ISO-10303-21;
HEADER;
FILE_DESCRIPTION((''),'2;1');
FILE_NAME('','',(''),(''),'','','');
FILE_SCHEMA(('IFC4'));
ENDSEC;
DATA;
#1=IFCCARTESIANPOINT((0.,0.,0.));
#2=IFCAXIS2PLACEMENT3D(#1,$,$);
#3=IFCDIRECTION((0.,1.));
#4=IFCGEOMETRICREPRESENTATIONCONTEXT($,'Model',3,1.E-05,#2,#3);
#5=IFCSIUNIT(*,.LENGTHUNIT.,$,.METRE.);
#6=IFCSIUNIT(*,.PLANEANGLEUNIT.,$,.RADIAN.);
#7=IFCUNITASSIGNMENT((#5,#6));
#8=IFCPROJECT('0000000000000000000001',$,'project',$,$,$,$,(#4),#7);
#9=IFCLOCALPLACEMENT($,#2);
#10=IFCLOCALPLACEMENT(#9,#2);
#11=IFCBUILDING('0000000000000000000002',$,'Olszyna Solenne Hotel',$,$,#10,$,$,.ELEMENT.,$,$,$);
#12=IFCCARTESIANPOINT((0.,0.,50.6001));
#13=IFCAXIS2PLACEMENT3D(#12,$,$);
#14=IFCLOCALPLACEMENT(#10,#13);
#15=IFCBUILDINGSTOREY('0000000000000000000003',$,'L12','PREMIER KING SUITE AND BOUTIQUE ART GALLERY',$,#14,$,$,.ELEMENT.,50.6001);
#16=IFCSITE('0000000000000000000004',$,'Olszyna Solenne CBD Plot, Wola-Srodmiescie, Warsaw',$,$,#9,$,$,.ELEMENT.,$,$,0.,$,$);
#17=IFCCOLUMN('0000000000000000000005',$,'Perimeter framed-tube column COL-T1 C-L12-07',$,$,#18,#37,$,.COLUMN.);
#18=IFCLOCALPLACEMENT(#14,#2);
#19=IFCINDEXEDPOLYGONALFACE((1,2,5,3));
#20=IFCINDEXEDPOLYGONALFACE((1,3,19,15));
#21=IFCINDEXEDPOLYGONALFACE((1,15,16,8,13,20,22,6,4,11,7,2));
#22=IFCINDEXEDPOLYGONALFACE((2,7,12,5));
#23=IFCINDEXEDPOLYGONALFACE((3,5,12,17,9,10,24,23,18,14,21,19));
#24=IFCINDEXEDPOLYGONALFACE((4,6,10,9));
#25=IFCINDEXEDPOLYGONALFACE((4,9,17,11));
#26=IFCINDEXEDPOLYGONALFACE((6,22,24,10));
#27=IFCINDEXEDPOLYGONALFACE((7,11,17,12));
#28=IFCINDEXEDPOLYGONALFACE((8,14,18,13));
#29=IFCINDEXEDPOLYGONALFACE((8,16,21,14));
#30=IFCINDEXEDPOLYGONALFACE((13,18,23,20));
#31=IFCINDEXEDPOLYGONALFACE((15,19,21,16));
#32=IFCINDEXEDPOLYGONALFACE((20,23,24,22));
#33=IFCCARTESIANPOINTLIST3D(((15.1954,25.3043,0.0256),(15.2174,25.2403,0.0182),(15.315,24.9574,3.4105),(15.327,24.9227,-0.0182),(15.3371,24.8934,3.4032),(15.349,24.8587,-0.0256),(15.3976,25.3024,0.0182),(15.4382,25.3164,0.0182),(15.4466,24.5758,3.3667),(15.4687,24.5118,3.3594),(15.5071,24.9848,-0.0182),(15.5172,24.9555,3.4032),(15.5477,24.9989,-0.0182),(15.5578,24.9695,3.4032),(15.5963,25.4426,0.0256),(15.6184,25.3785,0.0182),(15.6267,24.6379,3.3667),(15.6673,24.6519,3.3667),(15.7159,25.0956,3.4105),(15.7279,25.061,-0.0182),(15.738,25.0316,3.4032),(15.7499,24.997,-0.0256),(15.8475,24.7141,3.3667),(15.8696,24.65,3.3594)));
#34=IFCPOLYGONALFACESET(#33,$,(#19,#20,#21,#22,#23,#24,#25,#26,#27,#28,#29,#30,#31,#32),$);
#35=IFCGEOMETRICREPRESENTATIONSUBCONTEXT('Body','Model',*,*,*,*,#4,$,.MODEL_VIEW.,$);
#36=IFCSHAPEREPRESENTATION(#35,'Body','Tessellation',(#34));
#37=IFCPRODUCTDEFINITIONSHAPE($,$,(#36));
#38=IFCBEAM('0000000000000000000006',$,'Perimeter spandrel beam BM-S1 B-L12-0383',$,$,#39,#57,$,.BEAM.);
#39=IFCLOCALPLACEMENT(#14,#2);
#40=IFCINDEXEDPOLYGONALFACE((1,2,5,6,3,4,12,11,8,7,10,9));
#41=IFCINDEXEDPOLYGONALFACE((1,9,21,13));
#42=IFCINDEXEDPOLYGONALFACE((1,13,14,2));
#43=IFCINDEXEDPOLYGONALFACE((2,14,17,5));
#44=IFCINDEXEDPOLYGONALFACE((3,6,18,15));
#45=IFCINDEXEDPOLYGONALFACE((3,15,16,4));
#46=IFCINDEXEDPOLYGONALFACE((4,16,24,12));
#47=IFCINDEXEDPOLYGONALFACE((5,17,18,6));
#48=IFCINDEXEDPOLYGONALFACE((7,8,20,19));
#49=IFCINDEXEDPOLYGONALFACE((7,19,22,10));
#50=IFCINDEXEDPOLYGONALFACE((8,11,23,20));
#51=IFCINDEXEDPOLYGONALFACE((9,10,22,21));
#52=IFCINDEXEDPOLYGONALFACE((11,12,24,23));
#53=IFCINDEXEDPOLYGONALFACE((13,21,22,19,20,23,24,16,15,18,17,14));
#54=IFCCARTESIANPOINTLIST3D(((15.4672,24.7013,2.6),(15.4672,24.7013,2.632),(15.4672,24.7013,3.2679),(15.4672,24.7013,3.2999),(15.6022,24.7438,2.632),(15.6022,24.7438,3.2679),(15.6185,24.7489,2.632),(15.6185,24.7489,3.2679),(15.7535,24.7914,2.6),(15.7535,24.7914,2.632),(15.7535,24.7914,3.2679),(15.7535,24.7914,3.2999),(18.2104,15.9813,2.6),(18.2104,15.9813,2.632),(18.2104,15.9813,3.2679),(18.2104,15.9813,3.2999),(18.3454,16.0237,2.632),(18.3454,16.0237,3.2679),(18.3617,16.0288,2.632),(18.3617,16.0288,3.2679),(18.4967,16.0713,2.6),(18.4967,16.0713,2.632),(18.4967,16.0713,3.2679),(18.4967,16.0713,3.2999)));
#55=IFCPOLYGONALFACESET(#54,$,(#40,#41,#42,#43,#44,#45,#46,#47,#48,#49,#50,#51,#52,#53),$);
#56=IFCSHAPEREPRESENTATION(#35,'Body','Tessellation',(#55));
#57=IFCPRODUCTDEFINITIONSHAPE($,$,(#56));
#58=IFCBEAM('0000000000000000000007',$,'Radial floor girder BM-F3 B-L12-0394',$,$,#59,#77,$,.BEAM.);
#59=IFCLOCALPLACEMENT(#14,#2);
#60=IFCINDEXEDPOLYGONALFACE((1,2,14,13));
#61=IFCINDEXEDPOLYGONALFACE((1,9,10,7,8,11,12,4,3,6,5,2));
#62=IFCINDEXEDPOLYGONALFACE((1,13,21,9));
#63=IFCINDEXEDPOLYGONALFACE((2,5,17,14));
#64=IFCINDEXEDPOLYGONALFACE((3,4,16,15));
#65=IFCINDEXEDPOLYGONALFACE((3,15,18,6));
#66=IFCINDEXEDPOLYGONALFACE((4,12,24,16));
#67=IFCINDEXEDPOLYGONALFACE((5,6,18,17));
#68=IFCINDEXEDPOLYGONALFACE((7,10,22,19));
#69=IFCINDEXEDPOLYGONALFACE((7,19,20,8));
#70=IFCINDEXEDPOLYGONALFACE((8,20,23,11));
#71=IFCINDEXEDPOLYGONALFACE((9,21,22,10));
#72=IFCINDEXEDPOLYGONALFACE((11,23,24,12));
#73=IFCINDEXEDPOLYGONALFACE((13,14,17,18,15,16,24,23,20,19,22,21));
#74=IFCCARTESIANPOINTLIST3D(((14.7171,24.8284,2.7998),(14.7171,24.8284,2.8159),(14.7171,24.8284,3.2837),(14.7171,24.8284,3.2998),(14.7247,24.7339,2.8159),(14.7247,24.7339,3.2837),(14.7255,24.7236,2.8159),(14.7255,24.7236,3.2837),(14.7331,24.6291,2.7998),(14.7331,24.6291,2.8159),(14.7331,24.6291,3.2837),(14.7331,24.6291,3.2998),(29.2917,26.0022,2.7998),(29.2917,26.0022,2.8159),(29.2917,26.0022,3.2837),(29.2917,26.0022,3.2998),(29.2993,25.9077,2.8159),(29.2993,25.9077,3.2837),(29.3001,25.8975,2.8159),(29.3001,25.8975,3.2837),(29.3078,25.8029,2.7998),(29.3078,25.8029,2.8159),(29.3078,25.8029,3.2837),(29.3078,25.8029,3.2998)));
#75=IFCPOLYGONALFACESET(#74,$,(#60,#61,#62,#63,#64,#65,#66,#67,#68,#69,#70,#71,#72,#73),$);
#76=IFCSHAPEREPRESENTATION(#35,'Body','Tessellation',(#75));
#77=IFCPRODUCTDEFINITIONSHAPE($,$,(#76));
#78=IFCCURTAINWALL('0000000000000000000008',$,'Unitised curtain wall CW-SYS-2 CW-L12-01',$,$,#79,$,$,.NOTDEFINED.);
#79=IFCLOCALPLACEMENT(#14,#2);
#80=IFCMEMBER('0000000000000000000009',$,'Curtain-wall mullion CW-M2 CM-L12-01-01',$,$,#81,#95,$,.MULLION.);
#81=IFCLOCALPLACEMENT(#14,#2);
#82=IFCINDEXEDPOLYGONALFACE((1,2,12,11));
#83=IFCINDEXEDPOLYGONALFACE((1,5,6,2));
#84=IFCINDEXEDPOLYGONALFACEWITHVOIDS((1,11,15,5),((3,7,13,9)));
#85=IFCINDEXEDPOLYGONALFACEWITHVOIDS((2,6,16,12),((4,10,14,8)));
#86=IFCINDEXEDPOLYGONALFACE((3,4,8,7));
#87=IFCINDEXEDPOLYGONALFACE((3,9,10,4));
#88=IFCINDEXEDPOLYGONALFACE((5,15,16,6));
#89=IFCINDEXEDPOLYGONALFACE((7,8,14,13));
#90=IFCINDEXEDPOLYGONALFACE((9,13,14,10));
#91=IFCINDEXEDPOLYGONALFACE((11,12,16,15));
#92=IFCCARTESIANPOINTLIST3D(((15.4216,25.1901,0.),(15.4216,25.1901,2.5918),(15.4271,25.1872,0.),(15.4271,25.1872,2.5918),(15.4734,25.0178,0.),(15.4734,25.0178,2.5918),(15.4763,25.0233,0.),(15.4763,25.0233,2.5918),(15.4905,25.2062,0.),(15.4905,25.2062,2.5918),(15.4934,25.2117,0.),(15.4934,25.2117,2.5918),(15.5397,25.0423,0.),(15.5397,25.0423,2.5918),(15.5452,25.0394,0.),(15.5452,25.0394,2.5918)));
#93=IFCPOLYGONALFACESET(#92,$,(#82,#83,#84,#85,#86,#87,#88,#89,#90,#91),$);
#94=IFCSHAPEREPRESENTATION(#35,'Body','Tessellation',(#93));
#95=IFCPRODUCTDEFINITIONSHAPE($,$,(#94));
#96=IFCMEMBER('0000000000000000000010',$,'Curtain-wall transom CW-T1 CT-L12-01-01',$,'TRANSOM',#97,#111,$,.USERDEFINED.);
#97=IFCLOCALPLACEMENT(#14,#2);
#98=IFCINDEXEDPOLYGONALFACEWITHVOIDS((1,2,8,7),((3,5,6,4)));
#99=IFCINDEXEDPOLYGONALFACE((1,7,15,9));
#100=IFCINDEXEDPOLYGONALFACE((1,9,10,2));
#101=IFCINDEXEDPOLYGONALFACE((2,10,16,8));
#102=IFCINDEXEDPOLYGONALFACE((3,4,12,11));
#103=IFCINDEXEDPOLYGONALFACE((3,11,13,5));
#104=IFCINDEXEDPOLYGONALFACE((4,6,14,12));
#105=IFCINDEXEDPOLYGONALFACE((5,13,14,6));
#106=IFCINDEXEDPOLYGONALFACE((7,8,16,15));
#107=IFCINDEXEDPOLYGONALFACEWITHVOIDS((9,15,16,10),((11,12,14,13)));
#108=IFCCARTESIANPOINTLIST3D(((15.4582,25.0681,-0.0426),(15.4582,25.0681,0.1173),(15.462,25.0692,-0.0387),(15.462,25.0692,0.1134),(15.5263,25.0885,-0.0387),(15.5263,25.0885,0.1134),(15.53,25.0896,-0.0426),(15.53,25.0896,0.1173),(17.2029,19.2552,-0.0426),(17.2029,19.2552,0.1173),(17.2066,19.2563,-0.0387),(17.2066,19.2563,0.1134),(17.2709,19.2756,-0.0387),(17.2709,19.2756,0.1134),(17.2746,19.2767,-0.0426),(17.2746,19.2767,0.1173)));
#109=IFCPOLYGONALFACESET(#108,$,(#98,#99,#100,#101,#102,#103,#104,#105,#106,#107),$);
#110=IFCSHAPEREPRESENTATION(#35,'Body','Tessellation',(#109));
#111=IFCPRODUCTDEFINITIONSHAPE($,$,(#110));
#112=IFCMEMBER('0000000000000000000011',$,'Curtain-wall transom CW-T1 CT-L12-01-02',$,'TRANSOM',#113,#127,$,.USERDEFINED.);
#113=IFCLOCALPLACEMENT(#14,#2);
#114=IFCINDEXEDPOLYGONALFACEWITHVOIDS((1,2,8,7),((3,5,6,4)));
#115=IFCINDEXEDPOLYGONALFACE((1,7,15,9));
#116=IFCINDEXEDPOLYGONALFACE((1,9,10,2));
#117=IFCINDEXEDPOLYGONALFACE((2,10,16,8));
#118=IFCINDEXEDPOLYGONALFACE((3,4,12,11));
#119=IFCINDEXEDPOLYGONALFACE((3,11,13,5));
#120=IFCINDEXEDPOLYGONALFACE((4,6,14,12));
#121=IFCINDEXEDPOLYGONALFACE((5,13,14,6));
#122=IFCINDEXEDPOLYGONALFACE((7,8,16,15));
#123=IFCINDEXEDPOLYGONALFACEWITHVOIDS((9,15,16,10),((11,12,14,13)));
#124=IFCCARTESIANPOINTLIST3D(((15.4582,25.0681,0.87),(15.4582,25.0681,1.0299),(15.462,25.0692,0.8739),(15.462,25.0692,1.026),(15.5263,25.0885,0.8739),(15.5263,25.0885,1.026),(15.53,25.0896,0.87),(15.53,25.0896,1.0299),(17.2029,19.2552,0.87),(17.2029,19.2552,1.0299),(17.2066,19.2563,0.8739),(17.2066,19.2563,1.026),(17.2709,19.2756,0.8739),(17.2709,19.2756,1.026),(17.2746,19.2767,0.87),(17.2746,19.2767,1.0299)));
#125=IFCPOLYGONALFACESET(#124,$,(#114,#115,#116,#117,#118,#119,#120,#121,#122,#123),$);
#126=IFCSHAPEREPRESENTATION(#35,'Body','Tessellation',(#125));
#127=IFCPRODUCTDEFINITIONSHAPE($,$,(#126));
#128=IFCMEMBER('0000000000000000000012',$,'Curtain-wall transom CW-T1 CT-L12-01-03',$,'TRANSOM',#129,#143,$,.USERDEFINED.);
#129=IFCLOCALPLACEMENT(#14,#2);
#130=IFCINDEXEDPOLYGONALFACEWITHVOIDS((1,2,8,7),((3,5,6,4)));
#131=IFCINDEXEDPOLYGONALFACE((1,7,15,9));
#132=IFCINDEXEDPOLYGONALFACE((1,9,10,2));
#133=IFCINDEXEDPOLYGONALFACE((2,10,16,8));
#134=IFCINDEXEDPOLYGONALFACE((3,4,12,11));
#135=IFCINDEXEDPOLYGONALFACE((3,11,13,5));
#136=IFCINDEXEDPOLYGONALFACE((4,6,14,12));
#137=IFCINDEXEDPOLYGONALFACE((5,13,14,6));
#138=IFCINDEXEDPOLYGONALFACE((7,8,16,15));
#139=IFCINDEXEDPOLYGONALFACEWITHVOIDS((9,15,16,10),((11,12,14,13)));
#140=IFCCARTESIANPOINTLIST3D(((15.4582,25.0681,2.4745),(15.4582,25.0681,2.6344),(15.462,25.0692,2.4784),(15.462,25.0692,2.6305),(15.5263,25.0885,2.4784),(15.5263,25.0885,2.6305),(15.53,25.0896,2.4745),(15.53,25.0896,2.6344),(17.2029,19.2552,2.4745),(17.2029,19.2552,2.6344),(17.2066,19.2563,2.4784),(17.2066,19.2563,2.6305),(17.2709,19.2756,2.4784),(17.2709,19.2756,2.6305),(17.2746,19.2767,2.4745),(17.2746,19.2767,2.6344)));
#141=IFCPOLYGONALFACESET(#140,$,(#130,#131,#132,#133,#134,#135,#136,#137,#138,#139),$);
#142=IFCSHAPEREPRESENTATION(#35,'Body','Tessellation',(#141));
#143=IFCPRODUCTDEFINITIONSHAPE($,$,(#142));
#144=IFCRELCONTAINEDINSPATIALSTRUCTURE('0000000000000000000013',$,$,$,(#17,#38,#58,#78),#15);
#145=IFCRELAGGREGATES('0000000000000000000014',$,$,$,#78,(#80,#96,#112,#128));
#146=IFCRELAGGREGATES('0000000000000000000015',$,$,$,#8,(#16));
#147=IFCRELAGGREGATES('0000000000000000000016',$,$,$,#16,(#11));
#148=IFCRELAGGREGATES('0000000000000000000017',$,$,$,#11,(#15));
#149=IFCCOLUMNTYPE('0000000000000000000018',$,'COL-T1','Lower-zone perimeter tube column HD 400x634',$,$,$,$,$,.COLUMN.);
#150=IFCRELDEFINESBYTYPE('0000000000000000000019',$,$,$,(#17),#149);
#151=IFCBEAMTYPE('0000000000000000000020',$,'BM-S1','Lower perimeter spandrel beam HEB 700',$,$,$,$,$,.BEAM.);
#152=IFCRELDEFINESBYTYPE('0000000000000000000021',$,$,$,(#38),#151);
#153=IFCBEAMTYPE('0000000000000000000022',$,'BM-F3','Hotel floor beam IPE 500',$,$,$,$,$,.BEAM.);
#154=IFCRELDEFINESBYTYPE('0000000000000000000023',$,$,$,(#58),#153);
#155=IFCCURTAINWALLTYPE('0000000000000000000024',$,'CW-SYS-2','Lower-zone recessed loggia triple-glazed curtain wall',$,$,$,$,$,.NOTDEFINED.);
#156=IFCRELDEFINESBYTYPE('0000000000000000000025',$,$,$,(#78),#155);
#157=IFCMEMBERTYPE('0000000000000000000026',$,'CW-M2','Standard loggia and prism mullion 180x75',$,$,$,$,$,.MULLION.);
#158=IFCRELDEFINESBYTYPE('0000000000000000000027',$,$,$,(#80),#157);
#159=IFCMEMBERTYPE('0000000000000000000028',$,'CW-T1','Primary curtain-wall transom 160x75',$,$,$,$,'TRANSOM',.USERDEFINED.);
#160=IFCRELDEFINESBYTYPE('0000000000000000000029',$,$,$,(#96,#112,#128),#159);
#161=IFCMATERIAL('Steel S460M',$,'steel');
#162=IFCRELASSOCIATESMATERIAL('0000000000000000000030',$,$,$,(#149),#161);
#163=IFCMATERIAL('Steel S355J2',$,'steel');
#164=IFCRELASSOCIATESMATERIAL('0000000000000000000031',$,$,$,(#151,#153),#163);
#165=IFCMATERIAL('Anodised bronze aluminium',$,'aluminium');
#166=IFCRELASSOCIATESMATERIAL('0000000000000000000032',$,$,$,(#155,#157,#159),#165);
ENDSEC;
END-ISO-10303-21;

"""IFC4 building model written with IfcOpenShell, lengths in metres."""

from ifc_helpers import new_model, si_unit, direction, frame, origin, origin_2d, place, context, subcontext, project, spatial, hollow_rectangle, i_section, extrude, source, transform, mapped, material, material_profile, profile_set, type_object, element, aggregate, save


model = new_model("IFC4")

# Units and contexts
model_context = context("Model", 3, precision=1e-05, world=origin(), true_north=direction((0.0, 1.0)))
body_context = subcontext(model_context, "Body", "Model", "MODEL_VIEW")
ifc_project = project(units=[si_unit("LENGTHUNIT", "METRE"), si_unit("PLANEANGLEUNIT", "RADIAN")], contexts=[model_context])

# Site, building, storey
site_placement = place(None, origin())
site = spatial("IfcSite", under=ifc_project, at=site_placement, Name="Olszyna Solenne CBD Plot, Wola-Srodmiescie, Warsaw", CompositionType="ELEMENT", RefElevation=0.0)
building_placement = place(site_placement, origin())
building = spatial("IfcBuilding", under=site, at=building_placement, Name="Olszyna Solenne Hotel", CompositionType="ELEMENT")
storey_placement = place(building_placement, frame((0.0, 0.0, 50.6001)))
storey = spatial("IfcBuildingStorey", under=building, at=storey_placement, Name="L12", Description="PREMIER KING SUITE AND BOUTIQUE ART GALLERY", CompositionType="ELEMENT", Elevation=50.6001)

# Column
ifc_material_1 = material(Name="Steel S460M", Category="steel")
ifc_material_profile_1 = material_profile(ifc_material_1, i_section(OverallWidth=0.4241, OverallDepth=0.4741, WebThickness=0.043, FlangeThickness=0.0681, at=origin_2d()), Name="HD 400x634", Category="load-bearing")
ifc_profile_set_1 = profile_set([ifc_material_profile_1], Name="Steel S460M")
column_type = type_object("IfcColumnType", Name="COL-T1", Description="Lower-zone perimeter tube column HD 400x634", PredefinedType="COLUMN", material=ifc_profile_set_1)
shared_shape_1 = source(origin(), body_context, "Body", "SweptSolid", [
    extrude(i_section(OverallWidth=0.4241, OverallDepth=0.4741, WebThickness=0.043, FlangeThickness=0.0681, at=origin_2d()), origin(), (0.0, 0.0, 1.0), 3.4048),
])
column_placement = place(storey_placement, frame((15.4727, 25.1506, 0.0), z_axis=(0.035135, -0.101891, 0.994175), x_axis=(0.945373, 0.325991, 0.0)))
element("IfcColumn", 1, at=column_placement, inside=storey, type_object=column_type, Name="Perimeter framed-tube column COL-T1 C-L12-07", PredefinedType="COLUMN", context=body_context, shape_type="MappedRepresentation", body=[
    mapped(shared_shape_1, transform((0.0, 0.0, 0.0), x_axis=(1.0, 0.0, 0.0), y_axis=(0.0, 1.0, 0.0), z_axis=(0.0, 0.0, 1.0), scale=1.0)),
])

# Beams
ifc_material_2 = material(Name="Steel S355J2", Category="steel")
ifc_material_profile_2 = material_profile(ifc_material_2, i_section(OverallWidth=0.3, OverallDepth=0.7, WebThickness=0.0171, FlangeThickness=0.032, at=origin_2d()), Name="HEB 700", Category="load-bearing")
ifc_profile_set_2 = profile_set([ifc_material_profile_2], Name="Steel S355J2")
beam_type_1 = type_object("IfcBeamType", Name="BM-S1", Description="Lower perimeter spandrel beam HEB 700", PredefinedType="BEAM", material=ifc_profile_set_2)
shared_shape_2 = source(origin(), body_context, "Body", "SweptSolid", [
    extrude(i_section(OverallWidth=0.3, OverallDepth=0.7, WebThickness=0.0171, FlangeThickness=0.032, at=origin_2d()), origin(), (0.0, 0.0, 1.0), 9.1414),
])
beam_1_placement = place(storey_placement, frame((15.6104, 24.7463, 2.95), z_axis=(0.300086, -0.953912, 0.0), x_axis=(0.953912, 0.300086, 0.0)))
element("IfcBeam", 2, at=beam_1_placement, inside=storey, type_object=beam_type_1, Name="Perimeter spandrel beam BM-S1 B-L12-0383", PredefinedType="BEAM", context=body_context, shape_type="MappedRepresentation", body=[
    mapped(shared_shape_2, transform((0.0, 0.0, 0.0), x_axis=(1.0, 0.0, 0.0), y_axis=(0.0, 1.0, 0.0), z_axis=(0.0, 0.0, 1.0), scale=1.0)),
])
ifc_material_profile_3 = material_profile(ifc_material_2, i_section(OverallWidth=0.2, OverallDepth=0.5, WebThickness=0.0103, FlangeThickness=0.0161, at=origin_2d()), Name="IPE 500", Category="load-bearing")
ifc_profile_set_3 = profile_set([ifc_material_profile_3], Name="Steel S355J2")
beam_type_2 = type_object("IfcBeamType", Name="BM-F3", Description="Hotel floor beam IPE 500", PredefinedType="BEAM", material=ifc_profile_set_3)
shared_shape_3 = source(origin(), body_context, "Body", "SweptSolid", [
    extrude(i_section(OverallWidth=0.2, OverallDepth=0.5, WebThickness=0.0103, FlangeThickness=0.0161, at=origin_2d()), origin(), (0.0, 0.0, 1.0), 14.6218),
])
beam_2_placement = place(storey_placement, frame((14.7251, 24.7288, 3.0498), z_axis=(0.996772, 0.080279, 0.0), x_axis=(-0.080279, 0.996772, 0.0)))
element("IfcBeam", 3, at=beam_2_placement, inside=storey, type_object=beam_type_2, Name="Radial floor girder BM-F3 B-L12-0394", PredefinedType="BEAM", context=body_context, shape_type="MappedRepresentation", body=[
    mapped(shared_shape_3, transform((0.0, 0.0, 0.0), x_axis=(1.0, 0.0, 0.0), y_axis=(0.0, 1.0, 0.0), z_axis=(0.0, 0.0, 1.0), scale=1.0)),
])

# Curtain wall, members
ifc_material_3 = material(Name="Anodised bronze aluminium", Category="aluminium")
curtain_wall_type = type_object("IfcCurtainWallType", Name="CW-SYS-2", Description="Lower-zone recessed loggia triple-glazed curtain wall", PredefinedType="NOTDEFINED", material=ifc_material_3)
curtain_wall_placement = place(storey_placement, origin())
curtain_wall = element("IfcCurtainWall", 4, at=curtain_wall_placement, inside=storey, type_object=curtain_wall_type, Name="Unitised curtain wall CW-SYS-2 CW-L12-01", PredefinedType="NOTDEFINED")
ifc_material_profile_4 = material_profile(ifc_material_3, hollow_rectangle(XDim=0.075, YDim=0.1799, WallThickness=0.0044, at=origin_2d()), Name="MULL 180x75x4.5", Category="load-bearing")
ifc_profile_set_4 = profile_set([ifc_material_profile_4], Name="Anodised bronze aluminium")
member_type_1 = type_object("IfcMemberType", Name="CW-M2", Description="Standard loggia and prism mullion 180x75", PredefinedType="MULLION", material=ifc_profile_set_4)
shared_shape_4 = source(origin(), body_context, "Body", "SweptSolid", [
    extrude(hollow_rectangle(XDim=0.075, YDim=0.1799, WallThickness=0.0044, at=origin_2d()), origin(), (0.0, 0.0, 1.0), 2.5918),
])
member_1_placement = place(storey_placement, frame((15.4834, 25.1147, 0.0), z_axis=(0.0, 0.0, 1.0), x_axis=(0.957793, 0.287458, 0.0)))
member_1 = element("IfcMember", 5, at=member_1_placement, type_object=member_type_1, Name="Curtain-wall mullion CW-M2 CM-L12-01-01", PredefinedType="MULLION", context=body_context, shape_type="MappedRepresentation", body=[
    mapped(shared_shape_4, transform((0.0, 0.0, 0.0), x_axis=(1.0, 0.0, 0.0), y_axis=(0.0, 1.0, 0.0), z_axis=(0.0, 0.0, 1.0), scale=1.0)),
])
ifc_material_profile_5 = material_profile(ifc_material_3, hollow_rectangle(XDim=0.075, YDim=0.1599, WallThickness=0.0039, at=origin_2d()), Name="TRAN 160x75x4", Category="load-bearing")
ifc_profile_set_5 = profile_set([ifc_material_profile_5], Name="Anodised bronze aluminium")
member_type_2 = type_object("IfcMemberType", Name="CW-T1", Description="Primary curtain-wall transom 160x75", ElementType="TRANSOM", PredefinedType="USERDEFINED", material=ifc_profile_set_5)
shared_shape_5 = source(origin(), body_context, "Body", "SweptSolid", [
    extrude(hollow_rectangle(XDim=0.075, YDim=0.1599, WallThickness=0.0039, at=origin_2d()), origin(), (0.0, 0.0, 1.0), 6.0691),
])
member_2_placement = place(storey_placement, frame((15.4941, 25.0789, 0.0374), z_axis=(0.287459, -0.957793, 0.0), x_axis=(0.957793, 0.287459, 0.0)))
member_2 = element("IfcMember", 6, at=member_2_placement, type_object=member_type_2, Name="Curtain-wall transom CW-T1 CT-L12-01-01", ObjectType="TRANSOM", PredefinedType="USERDEFINED", context=body_context, shape_type="MappedRepresentation", body=[
    mapped(shared_shape_5, transform((0.0, 0.0, 0.0), x_axis=(1.0, 0.0, 0.0), y_axis=(0.0, 1.0, 0.0), z_axis=(0.0, 0.0, 1.0), scale=1.0)),
])
member_3_placement = place(storey_placement, frame((15.4941, 25.0789, 0.95), z_axis=(0.287459, -0.957793, 0.0), x_axis=(0.957793, 0.287459, 0.0)))
member_3 = element("IfcMember", 7, at=member_3_placement, type_object=member_type_2, Name="Curtain-wall transom CW-T1 CT-L12-01-02", ObjectType="TRANSOM", PredefinedType="USERDEFINED", context=body_context, shape_type="MappedRepresentation", body=[
    mapped(shared_shape_5, transform((0.0, 0.0, 0.0), x_axis=(1.0, 0.0, 0.0), y_axis=(0.0, 1.0, 0.0), z_axis=(0.0, 0.0, 1.0), scale=1.0)),
])
member_4_placement = place(storey_placement, frame((15.4941, 25.0789, 2.5544), z_axis=(0.287459, -0.957793, 0.0), x_axis=(0.957793, 0.287459, 0.0)))
member_4 = element("IfcMember", 8, at=member_4_placement, type_object=member_type_2, Name="Curtain-wall transom CW-T1 CT-L12-01-03", ObjectType="TRANSOM", PredefinedType="USERDEFINED", context=body_context, shape_type="MappedRepresentation", body=[
    mapped(shared_shape_5, transform((0.0, 0.0, 0.0), x_axis=(1.0, 0.0, 0.0), y_axis=(0.0, 1.0, 0.0), z_axis=(0.0, 0.0, 1.0), scale=1.0)),
])
aggregate(curtain_wall, [member_1, member_2, member_3, member_4])

save(model, "model.ifc")
